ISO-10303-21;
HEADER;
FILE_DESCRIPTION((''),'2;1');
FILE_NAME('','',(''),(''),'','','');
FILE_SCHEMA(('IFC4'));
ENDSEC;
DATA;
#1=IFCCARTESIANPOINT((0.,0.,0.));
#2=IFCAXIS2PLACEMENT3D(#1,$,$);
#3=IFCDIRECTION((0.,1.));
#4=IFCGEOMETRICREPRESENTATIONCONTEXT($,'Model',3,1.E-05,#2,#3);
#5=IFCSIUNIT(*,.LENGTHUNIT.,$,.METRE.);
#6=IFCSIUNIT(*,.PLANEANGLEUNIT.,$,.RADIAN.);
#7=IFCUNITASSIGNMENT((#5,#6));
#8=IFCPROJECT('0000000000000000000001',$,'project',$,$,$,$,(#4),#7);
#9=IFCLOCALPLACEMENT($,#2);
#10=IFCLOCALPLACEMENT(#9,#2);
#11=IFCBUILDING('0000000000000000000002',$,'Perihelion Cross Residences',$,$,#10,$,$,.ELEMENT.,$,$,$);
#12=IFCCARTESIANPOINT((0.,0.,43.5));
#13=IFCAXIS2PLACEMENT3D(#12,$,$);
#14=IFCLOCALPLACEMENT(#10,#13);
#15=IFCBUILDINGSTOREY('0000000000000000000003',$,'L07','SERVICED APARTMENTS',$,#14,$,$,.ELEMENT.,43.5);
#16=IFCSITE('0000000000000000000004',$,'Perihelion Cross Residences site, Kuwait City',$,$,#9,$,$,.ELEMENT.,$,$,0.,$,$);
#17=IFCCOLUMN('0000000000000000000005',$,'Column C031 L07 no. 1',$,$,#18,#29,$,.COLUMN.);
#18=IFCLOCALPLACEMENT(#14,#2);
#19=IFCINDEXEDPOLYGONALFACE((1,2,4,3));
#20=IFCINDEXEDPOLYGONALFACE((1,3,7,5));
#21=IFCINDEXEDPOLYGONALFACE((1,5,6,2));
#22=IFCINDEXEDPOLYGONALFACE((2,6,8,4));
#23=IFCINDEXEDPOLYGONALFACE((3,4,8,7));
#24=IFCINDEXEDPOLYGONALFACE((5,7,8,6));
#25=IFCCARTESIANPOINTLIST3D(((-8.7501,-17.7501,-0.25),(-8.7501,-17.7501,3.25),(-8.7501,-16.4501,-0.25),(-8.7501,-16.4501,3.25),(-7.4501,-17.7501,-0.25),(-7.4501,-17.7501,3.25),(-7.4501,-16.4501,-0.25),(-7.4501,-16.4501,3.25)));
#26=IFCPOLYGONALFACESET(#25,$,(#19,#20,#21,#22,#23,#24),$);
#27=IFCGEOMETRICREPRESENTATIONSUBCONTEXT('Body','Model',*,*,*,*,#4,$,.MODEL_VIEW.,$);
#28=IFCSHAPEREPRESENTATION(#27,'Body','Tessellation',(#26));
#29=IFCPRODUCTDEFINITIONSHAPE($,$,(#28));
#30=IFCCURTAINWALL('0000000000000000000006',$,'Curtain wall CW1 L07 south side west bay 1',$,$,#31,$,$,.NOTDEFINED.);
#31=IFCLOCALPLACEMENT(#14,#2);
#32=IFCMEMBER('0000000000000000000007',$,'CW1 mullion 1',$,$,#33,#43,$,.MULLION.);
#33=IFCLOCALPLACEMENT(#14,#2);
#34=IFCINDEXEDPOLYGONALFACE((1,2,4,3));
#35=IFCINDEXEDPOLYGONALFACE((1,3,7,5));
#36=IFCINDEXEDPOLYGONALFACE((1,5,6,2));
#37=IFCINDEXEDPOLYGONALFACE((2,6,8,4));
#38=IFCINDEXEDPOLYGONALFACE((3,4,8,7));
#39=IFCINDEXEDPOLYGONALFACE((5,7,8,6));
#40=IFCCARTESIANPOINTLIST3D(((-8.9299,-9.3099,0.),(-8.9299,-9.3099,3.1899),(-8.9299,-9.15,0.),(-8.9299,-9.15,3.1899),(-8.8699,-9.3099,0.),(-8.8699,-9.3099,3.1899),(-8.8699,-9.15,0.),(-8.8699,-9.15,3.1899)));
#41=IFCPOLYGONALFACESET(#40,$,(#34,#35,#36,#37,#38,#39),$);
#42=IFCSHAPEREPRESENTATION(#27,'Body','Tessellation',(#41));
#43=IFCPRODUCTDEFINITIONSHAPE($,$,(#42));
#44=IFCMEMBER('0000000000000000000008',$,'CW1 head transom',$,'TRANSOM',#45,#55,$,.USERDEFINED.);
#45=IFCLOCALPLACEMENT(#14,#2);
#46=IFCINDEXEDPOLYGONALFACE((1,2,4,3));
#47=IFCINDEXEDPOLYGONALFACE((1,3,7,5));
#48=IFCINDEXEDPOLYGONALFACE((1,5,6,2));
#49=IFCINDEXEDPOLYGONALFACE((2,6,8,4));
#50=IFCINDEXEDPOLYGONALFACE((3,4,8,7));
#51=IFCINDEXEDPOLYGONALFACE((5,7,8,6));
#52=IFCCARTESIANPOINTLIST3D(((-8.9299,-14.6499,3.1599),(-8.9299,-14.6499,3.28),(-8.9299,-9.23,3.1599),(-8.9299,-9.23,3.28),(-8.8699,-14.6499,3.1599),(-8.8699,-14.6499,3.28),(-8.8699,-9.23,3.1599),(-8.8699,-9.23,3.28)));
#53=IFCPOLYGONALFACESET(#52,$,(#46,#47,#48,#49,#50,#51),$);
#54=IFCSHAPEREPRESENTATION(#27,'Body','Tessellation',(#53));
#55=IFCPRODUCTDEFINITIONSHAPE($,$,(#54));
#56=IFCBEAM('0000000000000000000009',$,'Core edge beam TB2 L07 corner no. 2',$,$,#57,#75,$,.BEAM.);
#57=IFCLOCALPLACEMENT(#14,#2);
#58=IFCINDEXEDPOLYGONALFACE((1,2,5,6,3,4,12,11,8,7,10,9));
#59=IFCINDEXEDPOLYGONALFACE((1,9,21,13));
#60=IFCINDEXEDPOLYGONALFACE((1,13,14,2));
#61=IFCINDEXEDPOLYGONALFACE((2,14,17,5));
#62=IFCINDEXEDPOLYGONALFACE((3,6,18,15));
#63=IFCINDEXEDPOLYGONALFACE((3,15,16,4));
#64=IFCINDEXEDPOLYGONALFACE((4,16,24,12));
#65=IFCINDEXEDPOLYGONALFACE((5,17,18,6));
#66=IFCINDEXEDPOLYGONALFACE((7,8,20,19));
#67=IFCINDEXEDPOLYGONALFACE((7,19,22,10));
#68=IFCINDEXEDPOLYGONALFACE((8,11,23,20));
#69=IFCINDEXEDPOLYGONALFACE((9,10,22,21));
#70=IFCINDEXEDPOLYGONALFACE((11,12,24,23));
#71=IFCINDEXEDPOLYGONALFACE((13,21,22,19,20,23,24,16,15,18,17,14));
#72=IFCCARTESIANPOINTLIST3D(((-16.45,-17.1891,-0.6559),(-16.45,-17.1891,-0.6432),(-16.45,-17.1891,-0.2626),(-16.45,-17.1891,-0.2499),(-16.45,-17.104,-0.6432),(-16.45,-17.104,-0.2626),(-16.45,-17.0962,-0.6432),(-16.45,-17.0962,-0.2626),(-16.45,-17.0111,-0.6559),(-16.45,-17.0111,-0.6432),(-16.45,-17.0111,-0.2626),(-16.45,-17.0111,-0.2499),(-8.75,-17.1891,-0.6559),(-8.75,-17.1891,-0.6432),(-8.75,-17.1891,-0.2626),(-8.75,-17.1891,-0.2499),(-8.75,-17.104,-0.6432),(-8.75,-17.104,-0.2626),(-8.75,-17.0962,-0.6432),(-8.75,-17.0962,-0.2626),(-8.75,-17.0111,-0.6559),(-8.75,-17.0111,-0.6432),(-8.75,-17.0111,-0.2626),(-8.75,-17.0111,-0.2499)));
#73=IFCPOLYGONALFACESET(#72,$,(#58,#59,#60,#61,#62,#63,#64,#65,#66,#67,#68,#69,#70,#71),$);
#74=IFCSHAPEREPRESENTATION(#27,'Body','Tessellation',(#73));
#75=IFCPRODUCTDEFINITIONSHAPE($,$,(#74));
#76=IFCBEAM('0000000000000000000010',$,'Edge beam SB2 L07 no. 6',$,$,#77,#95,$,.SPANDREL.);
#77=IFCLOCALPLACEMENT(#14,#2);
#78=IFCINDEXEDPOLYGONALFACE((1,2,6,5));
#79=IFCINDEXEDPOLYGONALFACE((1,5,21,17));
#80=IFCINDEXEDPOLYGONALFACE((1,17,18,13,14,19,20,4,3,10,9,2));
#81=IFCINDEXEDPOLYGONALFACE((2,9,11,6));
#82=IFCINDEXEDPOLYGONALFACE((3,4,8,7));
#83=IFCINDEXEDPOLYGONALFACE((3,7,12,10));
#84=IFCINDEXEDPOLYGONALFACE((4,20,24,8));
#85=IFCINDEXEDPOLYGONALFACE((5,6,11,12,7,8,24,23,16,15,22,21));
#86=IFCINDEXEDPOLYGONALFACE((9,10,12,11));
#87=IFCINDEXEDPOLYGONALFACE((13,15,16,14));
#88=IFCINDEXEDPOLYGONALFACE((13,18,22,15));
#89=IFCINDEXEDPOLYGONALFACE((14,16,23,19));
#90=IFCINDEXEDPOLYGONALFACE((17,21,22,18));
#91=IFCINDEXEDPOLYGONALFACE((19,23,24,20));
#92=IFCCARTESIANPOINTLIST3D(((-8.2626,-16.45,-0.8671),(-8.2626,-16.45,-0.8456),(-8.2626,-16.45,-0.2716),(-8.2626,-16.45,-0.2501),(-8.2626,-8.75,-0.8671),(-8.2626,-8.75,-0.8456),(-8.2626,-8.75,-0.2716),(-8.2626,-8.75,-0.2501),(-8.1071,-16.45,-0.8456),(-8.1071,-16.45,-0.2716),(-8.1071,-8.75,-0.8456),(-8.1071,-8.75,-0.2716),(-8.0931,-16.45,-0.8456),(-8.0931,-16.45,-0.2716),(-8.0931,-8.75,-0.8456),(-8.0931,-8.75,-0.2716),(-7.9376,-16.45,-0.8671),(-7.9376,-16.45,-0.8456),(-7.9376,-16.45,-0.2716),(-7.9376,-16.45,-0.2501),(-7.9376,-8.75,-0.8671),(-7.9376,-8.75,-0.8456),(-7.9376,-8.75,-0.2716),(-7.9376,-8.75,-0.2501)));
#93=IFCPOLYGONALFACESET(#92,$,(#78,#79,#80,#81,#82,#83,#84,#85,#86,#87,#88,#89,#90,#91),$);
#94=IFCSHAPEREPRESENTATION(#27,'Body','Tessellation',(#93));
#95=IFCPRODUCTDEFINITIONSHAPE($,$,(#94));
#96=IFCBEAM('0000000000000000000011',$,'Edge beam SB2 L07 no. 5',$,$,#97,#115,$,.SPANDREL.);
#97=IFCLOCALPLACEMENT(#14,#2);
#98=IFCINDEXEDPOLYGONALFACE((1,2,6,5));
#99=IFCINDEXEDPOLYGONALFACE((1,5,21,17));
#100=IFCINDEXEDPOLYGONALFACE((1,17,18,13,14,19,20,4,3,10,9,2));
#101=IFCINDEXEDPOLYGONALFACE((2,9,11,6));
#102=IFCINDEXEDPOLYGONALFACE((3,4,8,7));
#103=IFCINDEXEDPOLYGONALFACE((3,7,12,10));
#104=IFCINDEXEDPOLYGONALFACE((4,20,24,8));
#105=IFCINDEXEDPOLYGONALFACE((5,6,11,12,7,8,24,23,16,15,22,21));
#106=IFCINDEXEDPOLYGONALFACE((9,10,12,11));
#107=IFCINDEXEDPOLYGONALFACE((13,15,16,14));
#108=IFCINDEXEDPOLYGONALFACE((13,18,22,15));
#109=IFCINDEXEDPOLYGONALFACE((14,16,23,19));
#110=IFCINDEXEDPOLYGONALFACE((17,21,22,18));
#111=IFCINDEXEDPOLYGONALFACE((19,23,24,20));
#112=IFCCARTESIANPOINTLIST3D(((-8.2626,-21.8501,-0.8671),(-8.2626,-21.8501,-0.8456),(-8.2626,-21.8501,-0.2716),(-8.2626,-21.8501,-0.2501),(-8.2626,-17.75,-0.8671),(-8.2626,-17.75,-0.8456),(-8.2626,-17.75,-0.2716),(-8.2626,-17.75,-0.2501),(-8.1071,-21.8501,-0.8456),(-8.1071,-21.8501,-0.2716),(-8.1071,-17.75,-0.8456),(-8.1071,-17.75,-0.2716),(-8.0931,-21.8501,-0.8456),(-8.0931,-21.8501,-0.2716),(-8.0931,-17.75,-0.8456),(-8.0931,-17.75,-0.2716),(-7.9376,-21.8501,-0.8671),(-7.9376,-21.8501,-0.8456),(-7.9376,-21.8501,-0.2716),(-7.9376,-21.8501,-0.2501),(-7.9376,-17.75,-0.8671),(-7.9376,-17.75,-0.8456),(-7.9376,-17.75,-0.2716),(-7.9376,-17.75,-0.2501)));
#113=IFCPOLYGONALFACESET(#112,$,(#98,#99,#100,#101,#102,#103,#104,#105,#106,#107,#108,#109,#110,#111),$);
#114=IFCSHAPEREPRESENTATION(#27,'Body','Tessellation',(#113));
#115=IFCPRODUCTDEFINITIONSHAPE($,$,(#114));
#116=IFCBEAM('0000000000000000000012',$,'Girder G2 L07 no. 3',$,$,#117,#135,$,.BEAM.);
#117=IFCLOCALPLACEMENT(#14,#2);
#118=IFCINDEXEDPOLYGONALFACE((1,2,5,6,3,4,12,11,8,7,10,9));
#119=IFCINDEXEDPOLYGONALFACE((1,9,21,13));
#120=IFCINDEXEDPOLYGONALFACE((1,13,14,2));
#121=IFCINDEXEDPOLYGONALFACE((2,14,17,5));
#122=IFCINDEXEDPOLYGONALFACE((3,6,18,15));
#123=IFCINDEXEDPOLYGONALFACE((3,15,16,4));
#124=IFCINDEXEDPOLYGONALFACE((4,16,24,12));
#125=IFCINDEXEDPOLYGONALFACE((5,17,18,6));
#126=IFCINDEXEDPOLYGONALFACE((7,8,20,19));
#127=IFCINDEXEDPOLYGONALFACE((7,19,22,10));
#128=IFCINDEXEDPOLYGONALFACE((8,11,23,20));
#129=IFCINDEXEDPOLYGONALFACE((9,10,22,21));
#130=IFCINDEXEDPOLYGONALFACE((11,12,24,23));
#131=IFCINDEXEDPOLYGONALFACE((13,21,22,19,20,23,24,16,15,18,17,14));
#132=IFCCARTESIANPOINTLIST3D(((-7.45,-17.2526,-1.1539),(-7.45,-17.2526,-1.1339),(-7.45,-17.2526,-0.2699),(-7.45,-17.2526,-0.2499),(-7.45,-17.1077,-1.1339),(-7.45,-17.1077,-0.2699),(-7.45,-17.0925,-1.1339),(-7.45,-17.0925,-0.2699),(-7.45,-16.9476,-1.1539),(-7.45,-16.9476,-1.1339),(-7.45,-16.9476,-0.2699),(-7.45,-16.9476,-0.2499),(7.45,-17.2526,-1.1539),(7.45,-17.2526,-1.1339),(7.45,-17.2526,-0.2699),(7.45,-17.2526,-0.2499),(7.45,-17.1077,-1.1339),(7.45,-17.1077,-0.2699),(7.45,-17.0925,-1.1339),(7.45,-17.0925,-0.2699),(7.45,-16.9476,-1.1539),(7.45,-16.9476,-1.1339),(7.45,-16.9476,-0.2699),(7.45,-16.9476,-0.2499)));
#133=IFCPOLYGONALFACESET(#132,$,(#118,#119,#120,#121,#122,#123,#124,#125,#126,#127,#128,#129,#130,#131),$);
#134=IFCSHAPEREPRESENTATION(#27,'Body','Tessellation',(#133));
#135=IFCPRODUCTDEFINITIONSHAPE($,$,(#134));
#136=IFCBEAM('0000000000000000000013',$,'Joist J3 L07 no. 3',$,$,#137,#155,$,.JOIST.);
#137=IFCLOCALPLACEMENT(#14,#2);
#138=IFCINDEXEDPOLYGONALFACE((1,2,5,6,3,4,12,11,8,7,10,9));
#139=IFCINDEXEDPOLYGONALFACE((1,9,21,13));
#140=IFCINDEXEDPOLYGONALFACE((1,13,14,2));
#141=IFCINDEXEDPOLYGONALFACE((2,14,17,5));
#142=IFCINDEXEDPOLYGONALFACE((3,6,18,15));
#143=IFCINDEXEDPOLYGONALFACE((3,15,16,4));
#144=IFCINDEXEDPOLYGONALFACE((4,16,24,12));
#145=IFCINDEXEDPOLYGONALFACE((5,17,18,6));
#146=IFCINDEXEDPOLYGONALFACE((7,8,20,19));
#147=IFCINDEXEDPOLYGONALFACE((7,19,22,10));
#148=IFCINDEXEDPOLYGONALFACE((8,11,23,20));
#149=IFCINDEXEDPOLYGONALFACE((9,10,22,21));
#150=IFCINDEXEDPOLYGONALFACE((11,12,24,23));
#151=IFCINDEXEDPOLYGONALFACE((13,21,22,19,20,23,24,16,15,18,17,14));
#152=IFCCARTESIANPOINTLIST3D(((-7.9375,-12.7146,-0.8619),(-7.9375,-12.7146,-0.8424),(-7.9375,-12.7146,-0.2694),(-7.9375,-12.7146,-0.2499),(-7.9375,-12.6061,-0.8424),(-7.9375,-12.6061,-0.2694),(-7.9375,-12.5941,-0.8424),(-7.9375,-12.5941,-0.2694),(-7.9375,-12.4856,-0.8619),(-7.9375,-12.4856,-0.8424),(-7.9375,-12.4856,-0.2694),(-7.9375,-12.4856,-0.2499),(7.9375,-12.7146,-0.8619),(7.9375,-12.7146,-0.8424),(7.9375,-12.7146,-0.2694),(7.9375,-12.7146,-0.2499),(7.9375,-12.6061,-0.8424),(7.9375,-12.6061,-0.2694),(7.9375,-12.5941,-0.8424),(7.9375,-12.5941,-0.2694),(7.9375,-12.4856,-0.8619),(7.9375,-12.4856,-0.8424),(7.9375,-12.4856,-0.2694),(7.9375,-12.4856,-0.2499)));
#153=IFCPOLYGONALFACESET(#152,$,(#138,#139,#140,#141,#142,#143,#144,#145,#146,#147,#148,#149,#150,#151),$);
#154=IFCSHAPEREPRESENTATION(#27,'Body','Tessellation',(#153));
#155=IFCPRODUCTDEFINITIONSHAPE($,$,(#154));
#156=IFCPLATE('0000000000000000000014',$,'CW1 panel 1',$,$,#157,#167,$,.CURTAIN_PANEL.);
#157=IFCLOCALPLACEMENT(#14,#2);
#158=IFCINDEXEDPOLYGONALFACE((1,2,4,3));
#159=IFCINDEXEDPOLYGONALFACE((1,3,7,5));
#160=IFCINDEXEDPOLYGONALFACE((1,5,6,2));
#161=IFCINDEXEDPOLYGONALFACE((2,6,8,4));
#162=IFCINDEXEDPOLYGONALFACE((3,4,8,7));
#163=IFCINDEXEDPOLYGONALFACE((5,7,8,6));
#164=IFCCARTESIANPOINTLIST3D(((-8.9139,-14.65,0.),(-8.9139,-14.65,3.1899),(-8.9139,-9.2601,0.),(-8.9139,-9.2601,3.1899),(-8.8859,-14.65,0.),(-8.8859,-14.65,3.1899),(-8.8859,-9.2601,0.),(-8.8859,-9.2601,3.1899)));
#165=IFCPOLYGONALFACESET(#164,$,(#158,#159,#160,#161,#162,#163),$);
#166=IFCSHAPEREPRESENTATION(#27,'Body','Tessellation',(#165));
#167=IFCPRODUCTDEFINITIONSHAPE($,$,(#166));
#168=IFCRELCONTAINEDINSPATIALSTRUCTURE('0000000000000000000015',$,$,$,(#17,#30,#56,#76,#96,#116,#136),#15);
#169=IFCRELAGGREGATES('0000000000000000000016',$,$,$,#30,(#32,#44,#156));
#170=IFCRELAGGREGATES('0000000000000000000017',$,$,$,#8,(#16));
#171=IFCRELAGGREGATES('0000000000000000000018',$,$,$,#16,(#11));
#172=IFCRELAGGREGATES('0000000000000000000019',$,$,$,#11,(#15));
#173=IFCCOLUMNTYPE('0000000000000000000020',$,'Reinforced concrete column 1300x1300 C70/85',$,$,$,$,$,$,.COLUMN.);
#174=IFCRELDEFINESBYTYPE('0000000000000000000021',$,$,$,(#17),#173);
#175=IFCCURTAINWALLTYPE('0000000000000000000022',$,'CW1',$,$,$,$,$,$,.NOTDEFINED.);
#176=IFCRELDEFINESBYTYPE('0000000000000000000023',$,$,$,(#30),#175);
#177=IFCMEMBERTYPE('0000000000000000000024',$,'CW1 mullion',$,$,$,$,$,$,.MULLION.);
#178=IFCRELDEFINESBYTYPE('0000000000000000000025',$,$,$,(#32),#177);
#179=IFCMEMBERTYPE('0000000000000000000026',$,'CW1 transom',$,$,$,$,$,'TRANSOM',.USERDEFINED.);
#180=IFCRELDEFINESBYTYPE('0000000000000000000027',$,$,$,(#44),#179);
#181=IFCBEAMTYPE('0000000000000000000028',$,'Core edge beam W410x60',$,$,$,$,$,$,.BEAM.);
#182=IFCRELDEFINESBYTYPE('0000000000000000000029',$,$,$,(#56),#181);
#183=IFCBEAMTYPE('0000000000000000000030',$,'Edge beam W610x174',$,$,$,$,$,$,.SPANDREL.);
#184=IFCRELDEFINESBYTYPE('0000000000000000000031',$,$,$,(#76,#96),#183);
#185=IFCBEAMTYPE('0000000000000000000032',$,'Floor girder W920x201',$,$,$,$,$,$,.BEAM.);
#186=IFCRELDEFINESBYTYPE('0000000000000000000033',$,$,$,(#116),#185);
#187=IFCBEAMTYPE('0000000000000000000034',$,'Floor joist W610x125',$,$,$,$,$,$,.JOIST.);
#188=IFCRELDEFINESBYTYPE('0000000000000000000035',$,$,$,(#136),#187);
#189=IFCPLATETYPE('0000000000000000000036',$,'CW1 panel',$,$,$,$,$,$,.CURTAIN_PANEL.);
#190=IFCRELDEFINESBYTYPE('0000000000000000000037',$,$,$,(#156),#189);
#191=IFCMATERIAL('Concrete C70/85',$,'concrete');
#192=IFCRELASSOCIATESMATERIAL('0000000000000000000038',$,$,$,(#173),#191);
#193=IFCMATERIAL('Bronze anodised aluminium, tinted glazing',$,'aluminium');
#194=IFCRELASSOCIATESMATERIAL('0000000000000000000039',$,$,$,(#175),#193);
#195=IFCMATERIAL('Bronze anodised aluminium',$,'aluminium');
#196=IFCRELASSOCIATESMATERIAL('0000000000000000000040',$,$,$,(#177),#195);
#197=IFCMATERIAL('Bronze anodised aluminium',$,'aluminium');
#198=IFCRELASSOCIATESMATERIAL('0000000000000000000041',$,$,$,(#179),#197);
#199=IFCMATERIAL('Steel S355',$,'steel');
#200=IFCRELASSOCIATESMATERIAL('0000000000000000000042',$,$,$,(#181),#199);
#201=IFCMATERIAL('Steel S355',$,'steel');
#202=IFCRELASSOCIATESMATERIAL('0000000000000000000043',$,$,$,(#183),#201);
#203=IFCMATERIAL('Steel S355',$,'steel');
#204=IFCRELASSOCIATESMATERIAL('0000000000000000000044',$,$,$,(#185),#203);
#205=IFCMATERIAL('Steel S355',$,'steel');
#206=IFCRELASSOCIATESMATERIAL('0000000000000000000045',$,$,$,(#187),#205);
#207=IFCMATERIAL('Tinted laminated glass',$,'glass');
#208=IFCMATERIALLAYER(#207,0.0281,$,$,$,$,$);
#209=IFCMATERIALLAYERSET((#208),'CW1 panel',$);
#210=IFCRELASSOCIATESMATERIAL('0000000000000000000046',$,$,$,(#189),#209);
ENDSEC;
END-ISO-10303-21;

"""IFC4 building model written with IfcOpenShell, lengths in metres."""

from ifc_helpers import new_model, si_unit, direction, frame, origin, origin_2d, place, context, subcontext, project, spatial, rectangle, i_section, extrude, material, layer, layer_set, material_profile, profile_set, type_object, element, aggregate, save


model = new_model("IFC4")

# Units and contexts
model_context = context("Model", 3, precision=1e-05, world=origin(), true_north=direction((0.0, 1.0)))
body_context = subcontext(model_context, "Body", "Model", "MODEL_VIEW")
ifc_project = project(units=[si_unit("LENGTHUNIT", "METRE"), si_unit("PLANEANGLEUNIT", "RADIAN")], contexts=[model_context])

# Site, building, storey
site_placement = place(None, origin())
site = spatial("IfcSite", under=ifc_project, at=site_placement, Name="Perihelion Cross Residences site, Kuwait City", CompositionType="ELEMENT", RefElevation=0.0)
building_placement = place(site_placement, origin())
building = spatial("IfcBuilding", under=site, at=building_placement, Name="Perihelion Cross Residences", CompositionType="ELEMENT")
storey_placement = place(building_placement, frame((0.0, 0.0, 43.5)))
storey = spatial("IfcBuildingStorey", under=building, at=storey_placement, Name="L07", Description="SERVICED APARTMENTS", CompositionType="ELEMENT", Elevation=43.5)

# Column
ifc_material_1 = material(Name="Concrete C70/85", Category="concrete")
ifc_material_profile_1 = material_profile(ifc_material_1, rectangle(XDim=1.3, YDim=1.3, at=origin_2d()), Name="RC 1300x1300")
ifc_profile_set_1 = profile_set([ifc_material_profile_1], Name="Concrete C70/85")
column_type = type_object("IfcColumnType", Name="Reinforced concrete column 1300x1300 C70/85", PredefinedType="COLUMN", material=ifc_profile_set_1)
column_placement = place(storey_placement, frame((-8.1001, -17.1001, -0.25), z_axis=(0.0, 0.0, 1.0), x_axis=(1.0, 0.0, 0.0)))
element("IfcColumn", 1, at=column_placement, inside=storey, type_object=column_type, Name="Column C031 L07 no. 1", PredefinedType="COLUMN", context=body_context, shape_type="SweptSolid", body=[
    extrude(rectangle(XDim=1.3, YDim=1.3, at=origin_2d()), origin(), (0.0, 0.0, 1.0), 3.5),
])

# Curtain wall, members
ifc_material_2 = material(Name="Bronze anodised aluminium, tinted glazing", Category="aluminium")
curtain_wall_type = type_object("IfcCurtainWallType", Name="CW1", PredefinedType="NOTDEFINED", material=ifc_material_2)
curtain_wall_placement = place(storey_placement, origin())
curtain_wall = element("IfcCurtainWall", 2, at=curtain_wall_placement, inside=storey, type_object=curtain_wall_type, Name="Curtain wall CW1 L07 south side west bay 1", PredefinedType="NOTDEFINED")
ifc_material_3 = material(Name="Bronze anodised aluminium", Category="aluminium")
ifc_material_profile_2 = material_profile(ifc_material_3, rectangle(XDim=0.0601, YDim=0.1599, at=origin_2d()), Name="CW1 mullion")
ifc_profile_set_2 = profile_set([ifc_material_profile_2], Name="Bronze anodised aluminium")
member_type_1 = type_object("IfcMemberType", Name="CW1 mullion", PredefinedType="MULLION", material=ifc_profile_set_2)
member_1_placement = place(storey_placement, frame((-8.8999, -9.23, 0.0), z_axis=(0.0, 0.0, 1.0), x_axis=(1.0, 0.0, 0.0)))
member_1 = element("IfcMember", 3, at=member_1_placement, type_object=member_type_1, Name="CW1 mullion 1", PredefinedType="MULLION", context=body_context, shape_type="SweptSolid", body=[
    extrude(rectangle(XDim=0.0601, YDim=0.1599, at=origin_2d()), origin(), (0.0, 0.0, 1.0), 3.1899),
])
ifc_material_4 = material(Name="Bronze anodised aluminium", Category="aluminium")
ifc_material_profile_3 = material_profile(ifc_material_4, rectangle(XDim=0.0601, YDim=0.1201, at=origin_2d()), Name="CW1 transom")
ifc_profile_set_3 = profile_set([ifc_material_profile_3], Name="Bronze anodised aluminium")
member_type_2 = type_object("IfcMemberType", Name="CW1 transom", ElementType="TRANSOM", PredefinedType="USERDEFINED", material=ifc_profile_set_3)
member_2_placement = place(storey_placement, frame((-8.8999, -9.23, 3.22), z_axis=(0.0, -1.0, 0.0), x_axis=(1.0, 0.0, 0.0)))
member_2 = element("IfcMember", 4, at=member_2_placement, type_object=member_type_2, Name="CW1 head transom", ObjectType="TRANSOM", PredefinedType="USERDEFINED", context=body_context, shape_type="SweptSolid", body=[
    extrude(rectangle(XDim=0.0601, YDim=0.1201, at=origin_2d()), origin(), (0.0, 0.0, 1.0), 5.4199),
])

# Beams
ifc_material_5 = material(Name="Steel S355", Category="steel")
ifc_material_profile_4 = material_profile(ifc_material_5, i_section(OverallWidth=0.178, OverallDepth=0.406, WebThickness=0.0078, FlangeThickness=0.0127, at=origin_2d()), Name="W410x60")
ifc_profile_set_4 = profile_set([ifc_material_profile_4], Name="Steel S355")
beam_type_1 = type_object("IfcBeamType", Name="Core edge beam W410x60", PredefinedType="BEAM", material=ifc_profile_set_4)
beam_1_placement = place(storey_placement, frame((-8.75, -17.1001, -0.4529), z_axis=(-1.0, 0.0, 0.0), x_axis=(0.0, -1.0, 0.0)))
element("IfcBeam", 5, at=beam_1_placement, inside=storey, type_object=beam_type_1, Name="Core edge beam TB2 L07 corner no. 2", PredefinedType="BEAM", context=body_context, shape_type="SweptSolid", body=[
    extrude(i_section(OverallWidth=0.178, OverallDepth=0.406, WebThickness=0.0078, FlangeThickness=0.0127, at=origin_2d()), origin(), (0.0, 0.0, 1.0), 7.7),
])
ifc_material_6 = material(Name="Steel S355", Category="steel")
ifc_material_profile_5 = material_profile(ifc_material_6, i_section(OverallWidth=0.325, OverallDepth=0.6169, WebThickness=0.0139, FlangeThickness=0.0215, at=origin_2d()), Name="W610x174")
ifc_profile_set_5 = profile_set([ifc_material_profile_5], Name="Steel S355")
beam_type_2 = type_object("IfcBeamType", Name="Edge beam W610x174", PredefinedType="SPANDREL", material=ifc_profile_set_5)
beam_2_placement = place(storey_placement, frame((-8.1001, -8.75, -0.5586), z_axis=(0.0, -1.0, 0.0), x_axis=(1.0, 0.0, 0.0)))
element("IfcBeam", 6, at=beam_2_placement, inside=storey, type_object=beam_type_2, Name="Edge beam SB2 L07 no. 6", PredefinedType="SPANDREL", context=body_context, shape_type="SweptSolid", body=[
    extrude(i_section(OverallWidth=0.325, OverallDepth=0.6169, WebThickness=0.0139, FlangeThickness=0.0215, at=origin_2d()), origin(), (0.0, 0.0, 1.0), 7.7),
])
beam_3_placement = place(storey_placement, frame((-8.1001, -17.75, -0.5586), z_axis=(0.0, -1.0, 0.0), x_axis=(1.0, 0.0, 0.0)))
element("IfcBeam", 7, at=beam_3_placement, inside=storey, type_object=beam_type_2, Name="Edge beam SB2 L07 no. 5", PredefinedType="SPANDREL", context=body_context, shape_type="SweptSolid", body=[
    extrude(i_section(OverallWidth=0.325, OverallDepth=0.6169, WebThickness=0.0139, FlangeThickness=0.0215, at=origin_2d()), origin(), (0.0, 0.0, 1.0), 4.1001),
])
ifc_material_7 = material(Name="Steel S355", Category="steel")
ifc_material_profile_6 = material_profile(ifc_material_7, i_section(OverallWidth=0.3049, OverallDepth=0.9041, WebThickness=0.0151, FlangeThickness=0.02, at=origin_2d()), Name="W920x201")
ifc_profile_set_6 = profile_set([ifc_material_profile_6], Name="Steel S355")
beam_type_3 = type_object("IfcBeamType", Name="Floor girder W920x201", PredefinedType="BEAM", material=ifc_profile_set_6)
beam_4_placement = place(storey_placement, frame((-7.45, -17.1001, -0.7019), z_axis=(1.0, 0.0, 0.0), x_axis=(0.0, 1.0, 0.0)))
element("IfcBeam", 8, at=beam_4_placement, inside=storey, type_object=beam_type_3, Name="Girder G2 L07 no. 3", PredefinedType="BEAM", context=body_context, shape_type="SweptSolid", body=[
    extrude(i_section(OverallWidth=0.3049, OverallDepth=0.9041, WebThickness=0.0151, FlangeThickness=0.02, at=origin_2d()), origin(), (0.0, 0.0, 1.0), 14.8999),
])
ifc_material_8 = material(Name="Steel S355", Category="steel")
ifc_material_profile_7 = material_profile(ifc_material_8, i_section(OverallWidth=0.229, OverallDepth=0.6121, WebThickness=0.012, FlangeThickness=0.0195, at=origin_2d()), Name="W610x125")
ifc_profile_set_7 = profile_set([ifc_material_profile_7], Name="Steel S355")
beam_type_4 = type_object("IfcBeamType", Name="Floor joist W610x125", PredefinedType="JOIST", material=ifc_profile_set_7)
beam_5_placement = place(storey_placement, frame((-7.9375, -12.6001, -0.5559), z_axis=(1.0, 0.0, 0.0), x_axis=(0.0, 1.0, 0.0)))
element("IfcBeam", 9, at=beam_5_placement, inside=storey, type_object=beam_type_4, Name="Joist J3 L07 no. 3", PredefinedType="JOIST", context=body_context, shape_type="SweptSolid", body=[
    extrude(i_section(OverallWidth=0.229, OverallDepth=0.6121, WebThickness=0.012, FlangeThickness=0.0195, at=origin_2d()), origin(), (0.0, 0.0, 1.0), 15.875),
])

# Plate
ifc_material_9 = material(Name="Tinted laminated glass", Category="glass")
ifc_layer_1 = layer(ifc_material_9, 0.0281)
ifc_layer_set_1 = layer_set([ifc_layer_1], Name="CW1 panel")
plate_type = type_object("IfcPlateType", Name="CW1 panel", PredefinedType="CURTAIN_PANEL", material=ifc_layer_set_1)
plate_placement = place(storey_placement, frame((-8.8999, -11.9551, 0.0), z_axis=(0.0, 0.0, 1.0), x_axis=(0.0, -1.0, 0.0)))
plate = element("IfcPlate", 10, at=plate_placement, type_object=plate_type, Name="CW1 panel 1", PredefinedType="CURTAIN_PANEL", context=body_context, shape_type="SweptSolid", body=[
    extrude(rectangle(XDim=5.3899, YDim=0.0281, at=origin_2d()), origin(), (0.0, 0.0, 1.0), 3.1899),
])
aggregate(curtain_wall, [member_1, member_2, plate])

save(model, "model.ifc")
